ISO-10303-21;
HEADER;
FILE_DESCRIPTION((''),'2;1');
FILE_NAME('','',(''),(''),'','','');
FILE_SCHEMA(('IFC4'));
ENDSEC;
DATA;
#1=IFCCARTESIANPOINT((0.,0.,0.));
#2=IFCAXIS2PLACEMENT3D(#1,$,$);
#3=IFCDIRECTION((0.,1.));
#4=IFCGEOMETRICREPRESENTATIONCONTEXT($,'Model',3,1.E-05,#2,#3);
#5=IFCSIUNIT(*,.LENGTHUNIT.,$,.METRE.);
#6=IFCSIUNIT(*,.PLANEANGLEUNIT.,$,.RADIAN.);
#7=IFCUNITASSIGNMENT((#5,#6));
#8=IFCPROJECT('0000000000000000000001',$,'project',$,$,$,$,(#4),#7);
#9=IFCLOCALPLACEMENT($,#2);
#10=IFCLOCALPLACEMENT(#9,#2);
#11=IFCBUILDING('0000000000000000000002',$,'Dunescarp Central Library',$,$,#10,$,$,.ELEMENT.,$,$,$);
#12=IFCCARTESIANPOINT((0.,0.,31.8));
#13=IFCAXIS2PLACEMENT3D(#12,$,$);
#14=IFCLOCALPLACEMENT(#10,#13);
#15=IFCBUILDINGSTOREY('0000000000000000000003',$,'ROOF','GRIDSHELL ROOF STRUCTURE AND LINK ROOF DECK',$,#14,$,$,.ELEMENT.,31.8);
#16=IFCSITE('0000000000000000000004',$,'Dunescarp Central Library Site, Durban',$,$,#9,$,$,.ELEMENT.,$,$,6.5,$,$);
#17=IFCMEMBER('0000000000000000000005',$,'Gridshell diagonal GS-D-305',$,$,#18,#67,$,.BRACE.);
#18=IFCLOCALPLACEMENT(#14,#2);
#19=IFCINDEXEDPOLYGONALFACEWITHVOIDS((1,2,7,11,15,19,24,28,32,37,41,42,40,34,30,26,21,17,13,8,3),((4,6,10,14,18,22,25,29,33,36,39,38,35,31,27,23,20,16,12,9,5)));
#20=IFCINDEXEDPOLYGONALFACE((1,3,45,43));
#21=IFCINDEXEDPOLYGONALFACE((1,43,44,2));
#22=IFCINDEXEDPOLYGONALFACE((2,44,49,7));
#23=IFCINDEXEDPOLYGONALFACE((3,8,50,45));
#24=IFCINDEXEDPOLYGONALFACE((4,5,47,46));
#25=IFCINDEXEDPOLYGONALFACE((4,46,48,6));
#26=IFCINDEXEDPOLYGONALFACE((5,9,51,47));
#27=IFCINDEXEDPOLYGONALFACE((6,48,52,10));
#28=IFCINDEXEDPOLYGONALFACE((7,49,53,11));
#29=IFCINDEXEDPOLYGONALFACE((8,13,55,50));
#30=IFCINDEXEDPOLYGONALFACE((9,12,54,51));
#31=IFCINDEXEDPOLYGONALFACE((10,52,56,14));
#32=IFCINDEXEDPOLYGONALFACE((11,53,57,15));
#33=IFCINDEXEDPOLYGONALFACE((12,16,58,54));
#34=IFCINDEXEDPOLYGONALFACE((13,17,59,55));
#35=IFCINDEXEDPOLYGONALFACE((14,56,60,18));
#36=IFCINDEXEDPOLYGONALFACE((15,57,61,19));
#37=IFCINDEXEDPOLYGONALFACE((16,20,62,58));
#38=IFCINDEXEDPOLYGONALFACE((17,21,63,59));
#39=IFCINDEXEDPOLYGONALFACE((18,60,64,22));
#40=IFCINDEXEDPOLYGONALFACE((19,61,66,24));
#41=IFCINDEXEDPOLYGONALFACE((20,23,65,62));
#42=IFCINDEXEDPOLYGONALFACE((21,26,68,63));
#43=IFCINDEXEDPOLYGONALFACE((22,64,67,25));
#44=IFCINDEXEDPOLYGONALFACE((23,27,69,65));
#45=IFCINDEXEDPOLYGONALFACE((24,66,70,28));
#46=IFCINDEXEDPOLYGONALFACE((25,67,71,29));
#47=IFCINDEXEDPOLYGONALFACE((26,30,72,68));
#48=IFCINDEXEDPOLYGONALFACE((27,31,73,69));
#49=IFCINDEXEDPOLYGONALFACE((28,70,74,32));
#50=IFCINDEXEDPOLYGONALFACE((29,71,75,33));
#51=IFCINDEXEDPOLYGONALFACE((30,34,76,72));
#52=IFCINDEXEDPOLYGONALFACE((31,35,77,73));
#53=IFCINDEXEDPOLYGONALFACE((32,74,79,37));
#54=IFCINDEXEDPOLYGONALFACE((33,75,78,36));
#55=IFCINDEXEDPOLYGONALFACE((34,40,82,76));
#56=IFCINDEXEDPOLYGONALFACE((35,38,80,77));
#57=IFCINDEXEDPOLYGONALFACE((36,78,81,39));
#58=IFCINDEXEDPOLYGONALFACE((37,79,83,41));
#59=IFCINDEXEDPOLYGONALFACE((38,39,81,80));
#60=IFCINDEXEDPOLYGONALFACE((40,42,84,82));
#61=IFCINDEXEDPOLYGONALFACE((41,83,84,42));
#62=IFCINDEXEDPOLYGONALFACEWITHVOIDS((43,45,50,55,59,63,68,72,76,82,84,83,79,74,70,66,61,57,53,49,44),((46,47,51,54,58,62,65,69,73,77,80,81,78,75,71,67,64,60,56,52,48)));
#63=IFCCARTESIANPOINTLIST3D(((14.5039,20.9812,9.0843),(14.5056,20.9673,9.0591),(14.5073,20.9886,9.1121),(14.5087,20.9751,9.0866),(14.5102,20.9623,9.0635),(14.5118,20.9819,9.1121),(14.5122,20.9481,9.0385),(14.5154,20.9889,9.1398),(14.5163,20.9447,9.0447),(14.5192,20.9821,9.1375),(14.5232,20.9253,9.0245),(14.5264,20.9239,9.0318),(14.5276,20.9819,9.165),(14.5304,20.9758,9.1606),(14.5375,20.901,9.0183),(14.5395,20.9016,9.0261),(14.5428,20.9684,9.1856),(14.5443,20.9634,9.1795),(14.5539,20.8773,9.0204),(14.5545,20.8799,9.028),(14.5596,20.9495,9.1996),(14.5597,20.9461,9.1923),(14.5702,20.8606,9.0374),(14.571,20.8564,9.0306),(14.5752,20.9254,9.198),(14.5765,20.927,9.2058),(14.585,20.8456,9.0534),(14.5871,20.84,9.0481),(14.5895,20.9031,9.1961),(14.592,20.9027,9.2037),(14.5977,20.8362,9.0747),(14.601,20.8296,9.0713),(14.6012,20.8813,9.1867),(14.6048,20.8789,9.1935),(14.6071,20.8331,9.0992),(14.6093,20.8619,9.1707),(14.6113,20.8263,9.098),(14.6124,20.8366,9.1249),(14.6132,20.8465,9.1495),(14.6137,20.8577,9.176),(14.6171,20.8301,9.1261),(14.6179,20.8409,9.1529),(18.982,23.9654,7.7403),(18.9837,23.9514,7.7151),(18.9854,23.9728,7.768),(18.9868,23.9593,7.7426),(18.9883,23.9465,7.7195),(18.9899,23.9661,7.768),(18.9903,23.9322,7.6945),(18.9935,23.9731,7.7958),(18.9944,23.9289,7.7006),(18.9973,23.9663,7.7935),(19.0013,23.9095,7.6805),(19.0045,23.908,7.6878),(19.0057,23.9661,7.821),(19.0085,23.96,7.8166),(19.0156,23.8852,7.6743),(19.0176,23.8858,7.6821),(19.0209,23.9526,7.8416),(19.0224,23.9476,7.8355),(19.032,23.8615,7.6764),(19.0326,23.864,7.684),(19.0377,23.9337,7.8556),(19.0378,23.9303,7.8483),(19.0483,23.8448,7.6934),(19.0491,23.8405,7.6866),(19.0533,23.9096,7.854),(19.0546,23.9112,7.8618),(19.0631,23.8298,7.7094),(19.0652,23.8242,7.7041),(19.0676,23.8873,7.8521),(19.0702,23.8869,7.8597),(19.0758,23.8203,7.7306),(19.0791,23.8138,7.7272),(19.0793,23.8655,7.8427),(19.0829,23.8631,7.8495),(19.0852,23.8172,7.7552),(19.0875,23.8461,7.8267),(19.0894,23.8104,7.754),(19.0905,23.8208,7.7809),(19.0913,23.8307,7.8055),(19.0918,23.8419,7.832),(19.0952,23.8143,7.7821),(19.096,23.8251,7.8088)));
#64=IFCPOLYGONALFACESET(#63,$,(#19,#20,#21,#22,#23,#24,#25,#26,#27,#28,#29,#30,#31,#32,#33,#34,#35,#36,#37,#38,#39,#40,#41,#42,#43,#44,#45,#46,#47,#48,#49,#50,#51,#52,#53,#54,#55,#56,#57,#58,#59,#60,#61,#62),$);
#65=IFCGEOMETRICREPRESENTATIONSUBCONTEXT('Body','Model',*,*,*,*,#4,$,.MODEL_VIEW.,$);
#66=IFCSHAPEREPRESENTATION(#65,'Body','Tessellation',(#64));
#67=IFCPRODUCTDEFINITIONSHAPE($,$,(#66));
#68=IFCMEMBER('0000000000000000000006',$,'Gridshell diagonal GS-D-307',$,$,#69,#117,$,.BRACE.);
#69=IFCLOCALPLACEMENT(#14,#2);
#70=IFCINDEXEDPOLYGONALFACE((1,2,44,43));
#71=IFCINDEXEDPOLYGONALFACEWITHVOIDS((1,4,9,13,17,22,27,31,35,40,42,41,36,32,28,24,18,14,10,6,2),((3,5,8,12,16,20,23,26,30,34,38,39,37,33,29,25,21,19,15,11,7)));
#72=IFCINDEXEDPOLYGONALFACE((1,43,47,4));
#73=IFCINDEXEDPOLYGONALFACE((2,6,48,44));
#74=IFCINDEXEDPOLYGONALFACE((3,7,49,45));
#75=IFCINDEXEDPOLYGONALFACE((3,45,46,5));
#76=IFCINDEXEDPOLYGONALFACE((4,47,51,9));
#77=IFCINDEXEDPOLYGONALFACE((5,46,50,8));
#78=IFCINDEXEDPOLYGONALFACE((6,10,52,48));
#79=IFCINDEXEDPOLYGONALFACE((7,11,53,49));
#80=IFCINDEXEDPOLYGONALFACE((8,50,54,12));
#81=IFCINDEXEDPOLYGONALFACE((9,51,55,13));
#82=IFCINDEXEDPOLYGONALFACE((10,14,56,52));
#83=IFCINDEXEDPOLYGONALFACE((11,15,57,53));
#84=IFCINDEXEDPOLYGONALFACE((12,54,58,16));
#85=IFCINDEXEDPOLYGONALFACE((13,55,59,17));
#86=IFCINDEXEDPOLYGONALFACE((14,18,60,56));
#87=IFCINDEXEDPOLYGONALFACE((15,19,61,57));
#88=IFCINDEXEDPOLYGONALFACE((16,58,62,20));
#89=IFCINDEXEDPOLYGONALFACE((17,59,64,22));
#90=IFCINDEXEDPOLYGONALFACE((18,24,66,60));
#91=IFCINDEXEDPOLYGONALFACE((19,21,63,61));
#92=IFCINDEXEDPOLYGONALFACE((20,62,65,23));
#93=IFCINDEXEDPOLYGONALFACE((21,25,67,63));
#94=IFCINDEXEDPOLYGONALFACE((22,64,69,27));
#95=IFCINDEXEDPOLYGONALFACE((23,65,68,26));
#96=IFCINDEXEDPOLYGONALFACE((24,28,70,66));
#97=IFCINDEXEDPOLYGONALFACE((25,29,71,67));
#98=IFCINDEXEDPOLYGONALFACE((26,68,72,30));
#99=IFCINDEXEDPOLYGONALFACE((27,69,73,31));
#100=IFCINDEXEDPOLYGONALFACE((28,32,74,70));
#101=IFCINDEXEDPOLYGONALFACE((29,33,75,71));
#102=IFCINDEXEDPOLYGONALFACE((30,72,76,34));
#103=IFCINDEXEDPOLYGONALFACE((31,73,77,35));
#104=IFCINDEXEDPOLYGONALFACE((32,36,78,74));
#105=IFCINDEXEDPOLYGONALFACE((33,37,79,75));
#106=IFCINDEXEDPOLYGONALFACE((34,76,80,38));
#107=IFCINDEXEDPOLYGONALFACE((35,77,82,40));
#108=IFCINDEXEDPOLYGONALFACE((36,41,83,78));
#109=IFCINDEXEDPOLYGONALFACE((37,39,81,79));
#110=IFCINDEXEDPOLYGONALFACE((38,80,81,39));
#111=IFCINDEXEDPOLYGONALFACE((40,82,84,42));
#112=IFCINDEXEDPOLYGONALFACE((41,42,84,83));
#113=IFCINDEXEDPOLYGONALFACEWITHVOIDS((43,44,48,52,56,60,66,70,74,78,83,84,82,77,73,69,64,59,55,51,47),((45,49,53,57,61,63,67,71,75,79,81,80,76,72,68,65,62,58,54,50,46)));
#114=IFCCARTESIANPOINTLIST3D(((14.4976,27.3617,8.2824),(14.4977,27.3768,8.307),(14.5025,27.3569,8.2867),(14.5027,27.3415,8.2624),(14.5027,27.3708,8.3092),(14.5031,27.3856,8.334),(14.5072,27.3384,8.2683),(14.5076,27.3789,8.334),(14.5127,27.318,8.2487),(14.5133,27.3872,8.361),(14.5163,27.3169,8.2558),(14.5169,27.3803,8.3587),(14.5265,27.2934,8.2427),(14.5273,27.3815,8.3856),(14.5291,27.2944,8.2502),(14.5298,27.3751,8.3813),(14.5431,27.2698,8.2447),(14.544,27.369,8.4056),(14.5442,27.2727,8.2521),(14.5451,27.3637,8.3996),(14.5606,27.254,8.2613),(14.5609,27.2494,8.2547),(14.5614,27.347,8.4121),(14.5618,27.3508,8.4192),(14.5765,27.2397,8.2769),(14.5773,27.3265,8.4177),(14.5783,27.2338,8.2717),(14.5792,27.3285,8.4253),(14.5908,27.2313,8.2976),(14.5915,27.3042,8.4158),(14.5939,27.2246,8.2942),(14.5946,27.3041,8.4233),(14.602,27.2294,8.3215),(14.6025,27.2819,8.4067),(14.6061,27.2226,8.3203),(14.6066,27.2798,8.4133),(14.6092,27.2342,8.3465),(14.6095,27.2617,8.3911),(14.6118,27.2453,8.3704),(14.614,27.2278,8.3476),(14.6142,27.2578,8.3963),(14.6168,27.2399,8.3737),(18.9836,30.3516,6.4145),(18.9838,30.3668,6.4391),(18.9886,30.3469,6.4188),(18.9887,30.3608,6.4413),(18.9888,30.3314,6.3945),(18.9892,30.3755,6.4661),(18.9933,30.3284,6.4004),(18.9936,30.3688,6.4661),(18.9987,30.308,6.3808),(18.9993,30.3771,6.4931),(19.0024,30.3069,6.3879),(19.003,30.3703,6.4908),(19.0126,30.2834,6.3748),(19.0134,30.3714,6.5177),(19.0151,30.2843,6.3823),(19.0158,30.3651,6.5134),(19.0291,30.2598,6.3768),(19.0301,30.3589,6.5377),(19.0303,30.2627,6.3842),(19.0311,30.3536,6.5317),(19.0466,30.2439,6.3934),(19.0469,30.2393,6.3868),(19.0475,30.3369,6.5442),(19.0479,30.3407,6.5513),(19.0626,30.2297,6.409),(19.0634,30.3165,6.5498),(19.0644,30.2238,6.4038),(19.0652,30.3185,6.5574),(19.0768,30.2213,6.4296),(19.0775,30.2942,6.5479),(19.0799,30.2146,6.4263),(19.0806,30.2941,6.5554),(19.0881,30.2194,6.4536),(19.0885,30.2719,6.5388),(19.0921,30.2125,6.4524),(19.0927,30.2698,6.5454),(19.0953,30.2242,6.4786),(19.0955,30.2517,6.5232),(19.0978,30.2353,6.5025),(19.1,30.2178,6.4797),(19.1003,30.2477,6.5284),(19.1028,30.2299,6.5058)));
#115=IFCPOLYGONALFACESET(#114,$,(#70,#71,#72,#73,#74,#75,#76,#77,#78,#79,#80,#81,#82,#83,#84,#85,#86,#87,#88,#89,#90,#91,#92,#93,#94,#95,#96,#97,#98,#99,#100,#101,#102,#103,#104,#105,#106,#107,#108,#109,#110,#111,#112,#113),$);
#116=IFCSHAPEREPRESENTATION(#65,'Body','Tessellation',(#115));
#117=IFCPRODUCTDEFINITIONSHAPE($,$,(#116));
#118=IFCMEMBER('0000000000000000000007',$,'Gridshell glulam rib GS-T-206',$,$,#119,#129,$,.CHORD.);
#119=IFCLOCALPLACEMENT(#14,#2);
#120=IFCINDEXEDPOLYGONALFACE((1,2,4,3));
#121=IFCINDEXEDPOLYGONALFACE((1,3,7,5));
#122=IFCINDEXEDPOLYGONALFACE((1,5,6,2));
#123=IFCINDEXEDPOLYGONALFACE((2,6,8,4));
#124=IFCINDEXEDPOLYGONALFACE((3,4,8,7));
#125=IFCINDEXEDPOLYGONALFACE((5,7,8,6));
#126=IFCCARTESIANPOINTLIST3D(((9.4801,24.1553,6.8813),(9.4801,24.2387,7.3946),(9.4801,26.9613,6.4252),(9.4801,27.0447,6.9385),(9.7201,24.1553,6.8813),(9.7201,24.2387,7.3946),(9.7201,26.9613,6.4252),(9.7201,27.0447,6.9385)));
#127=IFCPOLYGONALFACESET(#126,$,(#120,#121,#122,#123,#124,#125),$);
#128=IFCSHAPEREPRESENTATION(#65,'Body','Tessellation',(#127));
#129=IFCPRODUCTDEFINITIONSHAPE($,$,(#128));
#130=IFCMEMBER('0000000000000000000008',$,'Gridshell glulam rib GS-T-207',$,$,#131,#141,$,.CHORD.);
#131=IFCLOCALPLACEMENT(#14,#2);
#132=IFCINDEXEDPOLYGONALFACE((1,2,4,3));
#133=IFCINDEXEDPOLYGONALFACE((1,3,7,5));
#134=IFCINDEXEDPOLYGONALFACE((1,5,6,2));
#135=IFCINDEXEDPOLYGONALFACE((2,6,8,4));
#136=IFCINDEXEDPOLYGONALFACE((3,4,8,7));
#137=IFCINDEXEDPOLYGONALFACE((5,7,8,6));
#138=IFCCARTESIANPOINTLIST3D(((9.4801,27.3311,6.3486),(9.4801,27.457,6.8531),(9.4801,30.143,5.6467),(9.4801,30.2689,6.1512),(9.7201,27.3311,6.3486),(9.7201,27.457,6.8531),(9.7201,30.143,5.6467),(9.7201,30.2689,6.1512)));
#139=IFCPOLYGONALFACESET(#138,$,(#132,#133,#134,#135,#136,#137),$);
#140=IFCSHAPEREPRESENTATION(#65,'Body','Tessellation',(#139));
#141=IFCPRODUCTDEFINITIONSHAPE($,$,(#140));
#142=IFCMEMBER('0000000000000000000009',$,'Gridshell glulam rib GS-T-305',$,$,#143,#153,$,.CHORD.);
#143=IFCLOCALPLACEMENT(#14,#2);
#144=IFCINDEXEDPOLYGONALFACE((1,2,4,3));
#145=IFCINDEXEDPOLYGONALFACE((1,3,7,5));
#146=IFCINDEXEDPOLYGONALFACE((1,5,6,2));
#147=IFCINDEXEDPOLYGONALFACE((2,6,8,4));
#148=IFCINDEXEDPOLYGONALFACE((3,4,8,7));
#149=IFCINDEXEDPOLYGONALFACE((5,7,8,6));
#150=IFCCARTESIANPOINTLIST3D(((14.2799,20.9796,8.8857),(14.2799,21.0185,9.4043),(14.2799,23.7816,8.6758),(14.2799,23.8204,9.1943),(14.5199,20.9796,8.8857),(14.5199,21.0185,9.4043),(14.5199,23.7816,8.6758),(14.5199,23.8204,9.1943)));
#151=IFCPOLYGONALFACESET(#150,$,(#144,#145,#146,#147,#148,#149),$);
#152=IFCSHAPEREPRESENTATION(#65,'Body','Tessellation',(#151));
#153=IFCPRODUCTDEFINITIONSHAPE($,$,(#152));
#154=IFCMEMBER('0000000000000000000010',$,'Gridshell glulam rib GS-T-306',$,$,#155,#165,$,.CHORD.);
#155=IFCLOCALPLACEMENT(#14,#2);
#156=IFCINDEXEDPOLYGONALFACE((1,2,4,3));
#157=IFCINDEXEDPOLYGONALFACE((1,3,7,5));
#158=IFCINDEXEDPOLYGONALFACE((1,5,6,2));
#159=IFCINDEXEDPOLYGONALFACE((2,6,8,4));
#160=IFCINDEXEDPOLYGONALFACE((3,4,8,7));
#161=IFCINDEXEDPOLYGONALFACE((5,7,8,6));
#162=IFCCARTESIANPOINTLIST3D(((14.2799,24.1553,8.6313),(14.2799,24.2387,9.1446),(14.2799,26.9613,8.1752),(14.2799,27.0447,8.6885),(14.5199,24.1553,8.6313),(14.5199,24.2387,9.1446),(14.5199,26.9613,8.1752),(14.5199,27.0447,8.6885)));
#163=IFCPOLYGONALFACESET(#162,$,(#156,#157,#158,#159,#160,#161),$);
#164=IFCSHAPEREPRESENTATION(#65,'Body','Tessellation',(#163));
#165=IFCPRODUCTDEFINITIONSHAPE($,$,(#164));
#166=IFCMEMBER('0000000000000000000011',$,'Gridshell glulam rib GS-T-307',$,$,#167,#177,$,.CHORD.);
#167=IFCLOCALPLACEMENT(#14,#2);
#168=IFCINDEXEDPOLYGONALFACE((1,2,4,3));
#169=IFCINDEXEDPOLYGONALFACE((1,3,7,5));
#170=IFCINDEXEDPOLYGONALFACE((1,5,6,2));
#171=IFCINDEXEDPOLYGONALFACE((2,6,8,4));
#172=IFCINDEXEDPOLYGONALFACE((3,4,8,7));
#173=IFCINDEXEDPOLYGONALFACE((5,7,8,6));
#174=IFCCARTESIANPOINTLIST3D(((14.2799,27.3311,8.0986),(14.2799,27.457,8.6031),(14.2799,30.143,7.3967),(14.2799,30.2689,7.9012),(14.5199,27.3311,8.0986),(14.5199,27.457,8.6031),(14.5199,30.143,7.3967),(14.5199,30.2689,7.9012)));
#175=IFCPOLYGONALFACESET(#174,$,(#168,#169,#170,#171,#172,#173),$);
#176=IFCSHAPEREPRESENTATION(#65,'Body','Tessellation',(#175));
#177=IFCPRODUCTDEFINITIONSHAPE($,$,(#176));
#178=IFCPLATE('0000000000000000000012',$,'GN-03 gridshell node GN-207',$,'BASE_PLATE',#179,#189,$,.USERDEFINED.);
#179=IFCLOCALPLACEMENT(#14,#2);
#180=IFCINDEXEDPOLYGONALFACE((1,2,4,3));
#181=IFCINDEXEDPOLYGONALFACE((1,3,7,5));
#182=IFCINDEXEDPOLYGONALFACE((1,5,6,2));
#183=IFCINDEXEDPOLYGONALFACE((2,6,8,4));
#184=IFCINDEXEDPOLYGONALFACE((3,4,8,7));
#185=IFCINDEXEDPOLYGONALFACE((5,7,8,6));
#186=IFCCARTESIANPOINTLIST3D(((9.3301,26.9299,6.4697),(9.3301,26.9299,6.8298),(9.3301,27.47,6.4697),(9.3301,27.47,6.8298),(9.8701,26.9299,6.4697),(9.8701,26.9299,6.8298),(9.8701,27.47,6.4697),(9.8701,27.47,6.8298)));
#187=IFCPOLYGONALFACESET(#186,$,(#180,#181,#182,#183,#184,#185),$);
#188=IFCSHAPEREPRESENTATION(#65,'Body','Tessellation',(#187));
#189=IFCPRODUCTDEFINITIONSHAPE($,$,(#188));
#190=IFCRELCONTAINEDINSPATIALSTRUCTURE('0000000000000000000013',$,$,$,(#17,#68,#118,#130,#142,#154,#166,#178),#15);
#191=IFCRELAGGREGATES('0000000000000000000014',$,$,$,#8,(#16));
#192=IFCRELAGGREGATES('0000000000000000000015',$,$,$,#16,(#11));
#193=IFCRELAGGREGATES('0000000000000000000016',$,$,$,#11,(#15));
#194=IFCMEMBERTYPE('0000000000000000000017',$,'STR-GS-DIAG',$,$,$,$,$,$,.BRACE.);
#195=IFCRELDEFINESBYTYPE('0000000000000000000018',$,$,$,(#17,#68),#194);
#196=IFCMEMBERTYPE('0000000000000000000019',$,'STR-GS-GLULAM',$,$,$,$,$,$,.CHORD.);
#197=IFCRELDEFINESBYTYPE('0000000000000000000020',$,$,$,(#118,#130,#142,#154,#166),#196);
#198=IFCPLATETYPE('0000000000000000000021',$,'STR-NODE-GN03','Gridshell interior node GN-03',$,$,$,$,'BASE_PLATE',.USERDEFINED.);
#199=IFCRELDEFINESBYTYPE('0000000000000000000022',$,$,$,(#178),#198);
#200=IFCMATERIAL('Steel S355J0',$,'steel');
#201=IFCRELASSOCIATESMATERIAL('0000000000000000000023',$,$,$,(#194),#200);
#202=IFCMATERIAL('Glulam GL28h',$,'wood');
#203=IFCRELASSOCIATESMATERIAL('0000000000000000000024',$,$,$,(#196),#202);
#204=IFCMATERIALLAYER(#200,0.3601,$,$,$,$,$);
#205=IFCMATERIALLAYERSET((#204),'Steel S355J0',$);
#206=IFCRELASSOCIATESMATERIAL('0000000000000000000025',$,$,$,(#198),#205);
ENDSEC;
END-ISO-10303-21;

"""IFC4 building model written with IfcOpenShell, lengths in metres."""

from ifc_helpers import new_model, si_unit, direction, frame, origin, origin_2d, place, context, subcontext, project, spatial, rectangle, hollow_circle, extrude, material, layer, layer_set, material_profile, profile_set, type_object, element, save


model = new_model("IFC4")

# Units and contexts
model_context = context("Model", 3, precision=1e-05, world=origin(), true_north=direction((0.0, 1.0)))
body_context = subcontext(model_context, "Body", "Model", "MODEL_VIEW")
ifc_project = project(units=[si_unit("LENGTHUNIT", "METRE"), si_unit("PLANEANGLEUNIT", "RADIAN")], contexts=[model_context])

# Site, building, storey
site_placement = place(None, origin())
site = spatial("IfcSite", under=ifc_project, at=site_placement, Name="Dunescarp Central Library Site, Durban", CompositionType="ELEMENT", RefElevation=6.5)
building_placement = place(site_placement, origin())
building = spatial("IfcBuilding", under=site, at=building_placement, Name="Dunescarp Central Library", CompositionType="ELEMENT")
storey_placement = place(building_placement, frame((0.0, 0.0, 31.8)))
storey = spatial("IfcBuildingStorey", under=building, at=storey_placement, Name="ROOF", Description="GRIDSHELL ROOF STRUCTURE AND LINK ROOF DECK", CompositionType="ELEMENT", Elevation=31.8)

# Members
ifc_material_1 = material(Name="Steel S355J0", Category="steel")
ifc_material_profile_1 = material_profile(ifc_material_1, hollow_circle(Radius=0.0969, WallThickness=0.0081, at=origin_2d()), Name="CHS 193.7x8")
ifc_profile_set_1 = profile_set([ifc_material_profile_1], Name="Steel S355J0")
member_type_1 = type_object("IfcMemberType", Name="STR-GS-DIAG", PredefinedType="BRACE", material=ifc_profile_set_1)
member_1_placement = place(storey_placement, frame((14.561, 20.908, 9.1121), z_axis=(0.807355, 0.538017, -0.242312), x_axis=(-0.554543, 0.832155, 0.0)))
element("IfcMember", 1, at=member_1_placement, inside=storey, type_object=member_type_1, Name="Gridshell diagonal GS-D-305", PredefinedType="BRACE", context=body_context, shape_type="SweptSolid", body=[
    extrude(hollow_circle(Radius=0.0969, WallThickness=0.0081, at=origin_2d()), origin(), (0.0, 0.0, 1.0), 5.5466),
])
member_2_placement = place(storey_placement, frame((14.5569, 27.3049, 8.334), z_axis=(0.786257, 0.524043, -0.327382), x_axis=(-0.554606, 0.832113, 0.0)))
element("IfcMember", 2, at=member_2_placement, inside=storey, type_object=member_type_1, Name="Gridshell diagonal GS-D-307", PredefinedType="BRACE", context=body_context, shape_type="SweptSolid", body=[
    extrude(hollow_circle(Radius=0.0969, WallThickness=0.0081, at=origin_2d()), origin(), (0.0, 0.0, 1.0), 5.7056),
])
ifc_material_2 = material(Name="Glulam GL28h", Category="wood")
ifc_material_profile_2 = material_profile(ifc_material_2, rectangle(XDim=0.24, YDim=0.52, at=origin_2d()), Name="GL28h 240x520")
ifc_profile_set_2 = profile_set([ifc_material_profile_2], Name="Glulam GL28h")
member_type_2 = type_object("IfcMemberType", Name="STR-GS-GLULAM", PredefinedType="CHORD", material=ifc_profile_set_2)
member_3_placement = place(storey_placement, frame((9.6001, 24.197, 7.1379), z_axis=(0.0, 0.987047, -0.160428), x_axis=(-1.0, 0.0, 0.0)))
element("IfcMember", 3, at=member_3_placement, inside=storey, type_object=member_type_2, Name="Gridshell glulam rib GS-T-206", PredefinedType="CHORD", context=body_context, shape_type="SweptSolid", body=[
    extrude(rectangle(XDim=0.24, YDim=0.52, at=origin_2d()), origin(), (0.0, 0.0, 1.0), 2.8428),
])
member_4_placement = place(storey_placement, frame((9.6001, 27.394, 6.6008), z_axis=(0.0, 0.970232, -0.242179), x_axis=(-1.0, 0.0, 0.0)))
element("IfcMember", 4, at=member_4_placement, inside=storey, type_object=member_type_2, Name="Gridshell glulam rib GS-T-207", PredefinedType="CHORD", context=body_context, shape_type="SweptSolid", body=[
    extrude(rectangle(XDim=0.24, YDim=0.52, at=origin_2d()), origin(), (0.0, 0.0, 1.0), 2.8982),
])
member_5_placement = place(storey_placement, frame((14.3999, 20.999, 9.145), z_axis=(0.0, 0.997204, -0.074723), x_axis=(-1.0, 0.0, 0.0)))
element("IfcMember", 5, at=member_5_placement, inside=storey, type_object=member_type_2, Name="Gridshell glulam rib GS-T-305", PredefinedType="CHORD", context=body_context, shape_type="SweptSolid", body=[
    extrude(rectangle(XDim=0.24, YDim=0.52, at=origin_2d()), origin(), (0.0, 0.0, 1.0), 2.8098),
])
member_6_placement = place(storey_placement, frame((14.3999, 24.197, 8.8879), z_axis=(0.0, 0.987047, -0.160428), x_axis=(-1.0, 0.0, 0.0)))
element("IfcMember", 6, at=member_6_placement, inside=storey, type_object=member_type_2, Name="Gridshell glulam rib GS-T-306", PredefinedType="CHORD", context=body_context, shape_type="SweptSolid", body=[
    extrude(rectangle(XDim=0.24, YDim=0.52, at=origin_2d()), origin(), (0.0, 0.0, 1.0), 2.8428),
])
member_7_placement = place(storey_placement, frame((14.3999, 27.394, 8.3508), z_axis=(0.0, 0.970232, -0.242179), x_axis=(-1.0, 0.0, 0.0)))
element("IfcMember", 7, at=member_7_placement, inside=storey, type_object=member_type_2, Name="Gridshell glulam rib GS-T-307", PredefinedType="CHORD", context=body_context, shape_type="SweptSolid", body=[
    extrude(rectangle(XDim=0.24, YDim=0.52, at=origin_2d()), origin(), (0.0, 0.0, 1.0), 2.8982),
])

# Plate
ifc_layer_1 = layer(ifc_material_1, 0.3601)
ifc_layer_set_1 = layer_set([ifc_layer_1], Name="Steel S355J0")
plate_type_1 = type_object("IfcPlateType", Name="STR-NODE-GN03", Description="Gridshell interior node GN-03", ElementType="BASE_PLATE", PredefinedType="USERDEFINED", material=ifc_layer_set_1)
for number, where, z_axis, x_axis, name in (
    (8, (9.6001, 27.2, 6.4697), (0.0, 0.0, 1.0), (1.0, 0.0, 0.0), "GN-03 gridshell node GN-207"),
):
    element("IfcPlate", number, at=place(storey_placement, frame(where, z_axis=z_axis, x_axis=x_axis)), inside=storey, type_object=plate_type_1, Name=name, ObjectType="BASE_PLATE", PredefinedType="USERDEFINED", context=body_context, shape_type="SweptSolid", body=[
        extrude(rectangle(XDim=0.54, YDim=0.54, at=origin_2d()), origin(), (0.0, 0.0, 1.0), 0.3601),
    ])

save(model, "model.ifc")
